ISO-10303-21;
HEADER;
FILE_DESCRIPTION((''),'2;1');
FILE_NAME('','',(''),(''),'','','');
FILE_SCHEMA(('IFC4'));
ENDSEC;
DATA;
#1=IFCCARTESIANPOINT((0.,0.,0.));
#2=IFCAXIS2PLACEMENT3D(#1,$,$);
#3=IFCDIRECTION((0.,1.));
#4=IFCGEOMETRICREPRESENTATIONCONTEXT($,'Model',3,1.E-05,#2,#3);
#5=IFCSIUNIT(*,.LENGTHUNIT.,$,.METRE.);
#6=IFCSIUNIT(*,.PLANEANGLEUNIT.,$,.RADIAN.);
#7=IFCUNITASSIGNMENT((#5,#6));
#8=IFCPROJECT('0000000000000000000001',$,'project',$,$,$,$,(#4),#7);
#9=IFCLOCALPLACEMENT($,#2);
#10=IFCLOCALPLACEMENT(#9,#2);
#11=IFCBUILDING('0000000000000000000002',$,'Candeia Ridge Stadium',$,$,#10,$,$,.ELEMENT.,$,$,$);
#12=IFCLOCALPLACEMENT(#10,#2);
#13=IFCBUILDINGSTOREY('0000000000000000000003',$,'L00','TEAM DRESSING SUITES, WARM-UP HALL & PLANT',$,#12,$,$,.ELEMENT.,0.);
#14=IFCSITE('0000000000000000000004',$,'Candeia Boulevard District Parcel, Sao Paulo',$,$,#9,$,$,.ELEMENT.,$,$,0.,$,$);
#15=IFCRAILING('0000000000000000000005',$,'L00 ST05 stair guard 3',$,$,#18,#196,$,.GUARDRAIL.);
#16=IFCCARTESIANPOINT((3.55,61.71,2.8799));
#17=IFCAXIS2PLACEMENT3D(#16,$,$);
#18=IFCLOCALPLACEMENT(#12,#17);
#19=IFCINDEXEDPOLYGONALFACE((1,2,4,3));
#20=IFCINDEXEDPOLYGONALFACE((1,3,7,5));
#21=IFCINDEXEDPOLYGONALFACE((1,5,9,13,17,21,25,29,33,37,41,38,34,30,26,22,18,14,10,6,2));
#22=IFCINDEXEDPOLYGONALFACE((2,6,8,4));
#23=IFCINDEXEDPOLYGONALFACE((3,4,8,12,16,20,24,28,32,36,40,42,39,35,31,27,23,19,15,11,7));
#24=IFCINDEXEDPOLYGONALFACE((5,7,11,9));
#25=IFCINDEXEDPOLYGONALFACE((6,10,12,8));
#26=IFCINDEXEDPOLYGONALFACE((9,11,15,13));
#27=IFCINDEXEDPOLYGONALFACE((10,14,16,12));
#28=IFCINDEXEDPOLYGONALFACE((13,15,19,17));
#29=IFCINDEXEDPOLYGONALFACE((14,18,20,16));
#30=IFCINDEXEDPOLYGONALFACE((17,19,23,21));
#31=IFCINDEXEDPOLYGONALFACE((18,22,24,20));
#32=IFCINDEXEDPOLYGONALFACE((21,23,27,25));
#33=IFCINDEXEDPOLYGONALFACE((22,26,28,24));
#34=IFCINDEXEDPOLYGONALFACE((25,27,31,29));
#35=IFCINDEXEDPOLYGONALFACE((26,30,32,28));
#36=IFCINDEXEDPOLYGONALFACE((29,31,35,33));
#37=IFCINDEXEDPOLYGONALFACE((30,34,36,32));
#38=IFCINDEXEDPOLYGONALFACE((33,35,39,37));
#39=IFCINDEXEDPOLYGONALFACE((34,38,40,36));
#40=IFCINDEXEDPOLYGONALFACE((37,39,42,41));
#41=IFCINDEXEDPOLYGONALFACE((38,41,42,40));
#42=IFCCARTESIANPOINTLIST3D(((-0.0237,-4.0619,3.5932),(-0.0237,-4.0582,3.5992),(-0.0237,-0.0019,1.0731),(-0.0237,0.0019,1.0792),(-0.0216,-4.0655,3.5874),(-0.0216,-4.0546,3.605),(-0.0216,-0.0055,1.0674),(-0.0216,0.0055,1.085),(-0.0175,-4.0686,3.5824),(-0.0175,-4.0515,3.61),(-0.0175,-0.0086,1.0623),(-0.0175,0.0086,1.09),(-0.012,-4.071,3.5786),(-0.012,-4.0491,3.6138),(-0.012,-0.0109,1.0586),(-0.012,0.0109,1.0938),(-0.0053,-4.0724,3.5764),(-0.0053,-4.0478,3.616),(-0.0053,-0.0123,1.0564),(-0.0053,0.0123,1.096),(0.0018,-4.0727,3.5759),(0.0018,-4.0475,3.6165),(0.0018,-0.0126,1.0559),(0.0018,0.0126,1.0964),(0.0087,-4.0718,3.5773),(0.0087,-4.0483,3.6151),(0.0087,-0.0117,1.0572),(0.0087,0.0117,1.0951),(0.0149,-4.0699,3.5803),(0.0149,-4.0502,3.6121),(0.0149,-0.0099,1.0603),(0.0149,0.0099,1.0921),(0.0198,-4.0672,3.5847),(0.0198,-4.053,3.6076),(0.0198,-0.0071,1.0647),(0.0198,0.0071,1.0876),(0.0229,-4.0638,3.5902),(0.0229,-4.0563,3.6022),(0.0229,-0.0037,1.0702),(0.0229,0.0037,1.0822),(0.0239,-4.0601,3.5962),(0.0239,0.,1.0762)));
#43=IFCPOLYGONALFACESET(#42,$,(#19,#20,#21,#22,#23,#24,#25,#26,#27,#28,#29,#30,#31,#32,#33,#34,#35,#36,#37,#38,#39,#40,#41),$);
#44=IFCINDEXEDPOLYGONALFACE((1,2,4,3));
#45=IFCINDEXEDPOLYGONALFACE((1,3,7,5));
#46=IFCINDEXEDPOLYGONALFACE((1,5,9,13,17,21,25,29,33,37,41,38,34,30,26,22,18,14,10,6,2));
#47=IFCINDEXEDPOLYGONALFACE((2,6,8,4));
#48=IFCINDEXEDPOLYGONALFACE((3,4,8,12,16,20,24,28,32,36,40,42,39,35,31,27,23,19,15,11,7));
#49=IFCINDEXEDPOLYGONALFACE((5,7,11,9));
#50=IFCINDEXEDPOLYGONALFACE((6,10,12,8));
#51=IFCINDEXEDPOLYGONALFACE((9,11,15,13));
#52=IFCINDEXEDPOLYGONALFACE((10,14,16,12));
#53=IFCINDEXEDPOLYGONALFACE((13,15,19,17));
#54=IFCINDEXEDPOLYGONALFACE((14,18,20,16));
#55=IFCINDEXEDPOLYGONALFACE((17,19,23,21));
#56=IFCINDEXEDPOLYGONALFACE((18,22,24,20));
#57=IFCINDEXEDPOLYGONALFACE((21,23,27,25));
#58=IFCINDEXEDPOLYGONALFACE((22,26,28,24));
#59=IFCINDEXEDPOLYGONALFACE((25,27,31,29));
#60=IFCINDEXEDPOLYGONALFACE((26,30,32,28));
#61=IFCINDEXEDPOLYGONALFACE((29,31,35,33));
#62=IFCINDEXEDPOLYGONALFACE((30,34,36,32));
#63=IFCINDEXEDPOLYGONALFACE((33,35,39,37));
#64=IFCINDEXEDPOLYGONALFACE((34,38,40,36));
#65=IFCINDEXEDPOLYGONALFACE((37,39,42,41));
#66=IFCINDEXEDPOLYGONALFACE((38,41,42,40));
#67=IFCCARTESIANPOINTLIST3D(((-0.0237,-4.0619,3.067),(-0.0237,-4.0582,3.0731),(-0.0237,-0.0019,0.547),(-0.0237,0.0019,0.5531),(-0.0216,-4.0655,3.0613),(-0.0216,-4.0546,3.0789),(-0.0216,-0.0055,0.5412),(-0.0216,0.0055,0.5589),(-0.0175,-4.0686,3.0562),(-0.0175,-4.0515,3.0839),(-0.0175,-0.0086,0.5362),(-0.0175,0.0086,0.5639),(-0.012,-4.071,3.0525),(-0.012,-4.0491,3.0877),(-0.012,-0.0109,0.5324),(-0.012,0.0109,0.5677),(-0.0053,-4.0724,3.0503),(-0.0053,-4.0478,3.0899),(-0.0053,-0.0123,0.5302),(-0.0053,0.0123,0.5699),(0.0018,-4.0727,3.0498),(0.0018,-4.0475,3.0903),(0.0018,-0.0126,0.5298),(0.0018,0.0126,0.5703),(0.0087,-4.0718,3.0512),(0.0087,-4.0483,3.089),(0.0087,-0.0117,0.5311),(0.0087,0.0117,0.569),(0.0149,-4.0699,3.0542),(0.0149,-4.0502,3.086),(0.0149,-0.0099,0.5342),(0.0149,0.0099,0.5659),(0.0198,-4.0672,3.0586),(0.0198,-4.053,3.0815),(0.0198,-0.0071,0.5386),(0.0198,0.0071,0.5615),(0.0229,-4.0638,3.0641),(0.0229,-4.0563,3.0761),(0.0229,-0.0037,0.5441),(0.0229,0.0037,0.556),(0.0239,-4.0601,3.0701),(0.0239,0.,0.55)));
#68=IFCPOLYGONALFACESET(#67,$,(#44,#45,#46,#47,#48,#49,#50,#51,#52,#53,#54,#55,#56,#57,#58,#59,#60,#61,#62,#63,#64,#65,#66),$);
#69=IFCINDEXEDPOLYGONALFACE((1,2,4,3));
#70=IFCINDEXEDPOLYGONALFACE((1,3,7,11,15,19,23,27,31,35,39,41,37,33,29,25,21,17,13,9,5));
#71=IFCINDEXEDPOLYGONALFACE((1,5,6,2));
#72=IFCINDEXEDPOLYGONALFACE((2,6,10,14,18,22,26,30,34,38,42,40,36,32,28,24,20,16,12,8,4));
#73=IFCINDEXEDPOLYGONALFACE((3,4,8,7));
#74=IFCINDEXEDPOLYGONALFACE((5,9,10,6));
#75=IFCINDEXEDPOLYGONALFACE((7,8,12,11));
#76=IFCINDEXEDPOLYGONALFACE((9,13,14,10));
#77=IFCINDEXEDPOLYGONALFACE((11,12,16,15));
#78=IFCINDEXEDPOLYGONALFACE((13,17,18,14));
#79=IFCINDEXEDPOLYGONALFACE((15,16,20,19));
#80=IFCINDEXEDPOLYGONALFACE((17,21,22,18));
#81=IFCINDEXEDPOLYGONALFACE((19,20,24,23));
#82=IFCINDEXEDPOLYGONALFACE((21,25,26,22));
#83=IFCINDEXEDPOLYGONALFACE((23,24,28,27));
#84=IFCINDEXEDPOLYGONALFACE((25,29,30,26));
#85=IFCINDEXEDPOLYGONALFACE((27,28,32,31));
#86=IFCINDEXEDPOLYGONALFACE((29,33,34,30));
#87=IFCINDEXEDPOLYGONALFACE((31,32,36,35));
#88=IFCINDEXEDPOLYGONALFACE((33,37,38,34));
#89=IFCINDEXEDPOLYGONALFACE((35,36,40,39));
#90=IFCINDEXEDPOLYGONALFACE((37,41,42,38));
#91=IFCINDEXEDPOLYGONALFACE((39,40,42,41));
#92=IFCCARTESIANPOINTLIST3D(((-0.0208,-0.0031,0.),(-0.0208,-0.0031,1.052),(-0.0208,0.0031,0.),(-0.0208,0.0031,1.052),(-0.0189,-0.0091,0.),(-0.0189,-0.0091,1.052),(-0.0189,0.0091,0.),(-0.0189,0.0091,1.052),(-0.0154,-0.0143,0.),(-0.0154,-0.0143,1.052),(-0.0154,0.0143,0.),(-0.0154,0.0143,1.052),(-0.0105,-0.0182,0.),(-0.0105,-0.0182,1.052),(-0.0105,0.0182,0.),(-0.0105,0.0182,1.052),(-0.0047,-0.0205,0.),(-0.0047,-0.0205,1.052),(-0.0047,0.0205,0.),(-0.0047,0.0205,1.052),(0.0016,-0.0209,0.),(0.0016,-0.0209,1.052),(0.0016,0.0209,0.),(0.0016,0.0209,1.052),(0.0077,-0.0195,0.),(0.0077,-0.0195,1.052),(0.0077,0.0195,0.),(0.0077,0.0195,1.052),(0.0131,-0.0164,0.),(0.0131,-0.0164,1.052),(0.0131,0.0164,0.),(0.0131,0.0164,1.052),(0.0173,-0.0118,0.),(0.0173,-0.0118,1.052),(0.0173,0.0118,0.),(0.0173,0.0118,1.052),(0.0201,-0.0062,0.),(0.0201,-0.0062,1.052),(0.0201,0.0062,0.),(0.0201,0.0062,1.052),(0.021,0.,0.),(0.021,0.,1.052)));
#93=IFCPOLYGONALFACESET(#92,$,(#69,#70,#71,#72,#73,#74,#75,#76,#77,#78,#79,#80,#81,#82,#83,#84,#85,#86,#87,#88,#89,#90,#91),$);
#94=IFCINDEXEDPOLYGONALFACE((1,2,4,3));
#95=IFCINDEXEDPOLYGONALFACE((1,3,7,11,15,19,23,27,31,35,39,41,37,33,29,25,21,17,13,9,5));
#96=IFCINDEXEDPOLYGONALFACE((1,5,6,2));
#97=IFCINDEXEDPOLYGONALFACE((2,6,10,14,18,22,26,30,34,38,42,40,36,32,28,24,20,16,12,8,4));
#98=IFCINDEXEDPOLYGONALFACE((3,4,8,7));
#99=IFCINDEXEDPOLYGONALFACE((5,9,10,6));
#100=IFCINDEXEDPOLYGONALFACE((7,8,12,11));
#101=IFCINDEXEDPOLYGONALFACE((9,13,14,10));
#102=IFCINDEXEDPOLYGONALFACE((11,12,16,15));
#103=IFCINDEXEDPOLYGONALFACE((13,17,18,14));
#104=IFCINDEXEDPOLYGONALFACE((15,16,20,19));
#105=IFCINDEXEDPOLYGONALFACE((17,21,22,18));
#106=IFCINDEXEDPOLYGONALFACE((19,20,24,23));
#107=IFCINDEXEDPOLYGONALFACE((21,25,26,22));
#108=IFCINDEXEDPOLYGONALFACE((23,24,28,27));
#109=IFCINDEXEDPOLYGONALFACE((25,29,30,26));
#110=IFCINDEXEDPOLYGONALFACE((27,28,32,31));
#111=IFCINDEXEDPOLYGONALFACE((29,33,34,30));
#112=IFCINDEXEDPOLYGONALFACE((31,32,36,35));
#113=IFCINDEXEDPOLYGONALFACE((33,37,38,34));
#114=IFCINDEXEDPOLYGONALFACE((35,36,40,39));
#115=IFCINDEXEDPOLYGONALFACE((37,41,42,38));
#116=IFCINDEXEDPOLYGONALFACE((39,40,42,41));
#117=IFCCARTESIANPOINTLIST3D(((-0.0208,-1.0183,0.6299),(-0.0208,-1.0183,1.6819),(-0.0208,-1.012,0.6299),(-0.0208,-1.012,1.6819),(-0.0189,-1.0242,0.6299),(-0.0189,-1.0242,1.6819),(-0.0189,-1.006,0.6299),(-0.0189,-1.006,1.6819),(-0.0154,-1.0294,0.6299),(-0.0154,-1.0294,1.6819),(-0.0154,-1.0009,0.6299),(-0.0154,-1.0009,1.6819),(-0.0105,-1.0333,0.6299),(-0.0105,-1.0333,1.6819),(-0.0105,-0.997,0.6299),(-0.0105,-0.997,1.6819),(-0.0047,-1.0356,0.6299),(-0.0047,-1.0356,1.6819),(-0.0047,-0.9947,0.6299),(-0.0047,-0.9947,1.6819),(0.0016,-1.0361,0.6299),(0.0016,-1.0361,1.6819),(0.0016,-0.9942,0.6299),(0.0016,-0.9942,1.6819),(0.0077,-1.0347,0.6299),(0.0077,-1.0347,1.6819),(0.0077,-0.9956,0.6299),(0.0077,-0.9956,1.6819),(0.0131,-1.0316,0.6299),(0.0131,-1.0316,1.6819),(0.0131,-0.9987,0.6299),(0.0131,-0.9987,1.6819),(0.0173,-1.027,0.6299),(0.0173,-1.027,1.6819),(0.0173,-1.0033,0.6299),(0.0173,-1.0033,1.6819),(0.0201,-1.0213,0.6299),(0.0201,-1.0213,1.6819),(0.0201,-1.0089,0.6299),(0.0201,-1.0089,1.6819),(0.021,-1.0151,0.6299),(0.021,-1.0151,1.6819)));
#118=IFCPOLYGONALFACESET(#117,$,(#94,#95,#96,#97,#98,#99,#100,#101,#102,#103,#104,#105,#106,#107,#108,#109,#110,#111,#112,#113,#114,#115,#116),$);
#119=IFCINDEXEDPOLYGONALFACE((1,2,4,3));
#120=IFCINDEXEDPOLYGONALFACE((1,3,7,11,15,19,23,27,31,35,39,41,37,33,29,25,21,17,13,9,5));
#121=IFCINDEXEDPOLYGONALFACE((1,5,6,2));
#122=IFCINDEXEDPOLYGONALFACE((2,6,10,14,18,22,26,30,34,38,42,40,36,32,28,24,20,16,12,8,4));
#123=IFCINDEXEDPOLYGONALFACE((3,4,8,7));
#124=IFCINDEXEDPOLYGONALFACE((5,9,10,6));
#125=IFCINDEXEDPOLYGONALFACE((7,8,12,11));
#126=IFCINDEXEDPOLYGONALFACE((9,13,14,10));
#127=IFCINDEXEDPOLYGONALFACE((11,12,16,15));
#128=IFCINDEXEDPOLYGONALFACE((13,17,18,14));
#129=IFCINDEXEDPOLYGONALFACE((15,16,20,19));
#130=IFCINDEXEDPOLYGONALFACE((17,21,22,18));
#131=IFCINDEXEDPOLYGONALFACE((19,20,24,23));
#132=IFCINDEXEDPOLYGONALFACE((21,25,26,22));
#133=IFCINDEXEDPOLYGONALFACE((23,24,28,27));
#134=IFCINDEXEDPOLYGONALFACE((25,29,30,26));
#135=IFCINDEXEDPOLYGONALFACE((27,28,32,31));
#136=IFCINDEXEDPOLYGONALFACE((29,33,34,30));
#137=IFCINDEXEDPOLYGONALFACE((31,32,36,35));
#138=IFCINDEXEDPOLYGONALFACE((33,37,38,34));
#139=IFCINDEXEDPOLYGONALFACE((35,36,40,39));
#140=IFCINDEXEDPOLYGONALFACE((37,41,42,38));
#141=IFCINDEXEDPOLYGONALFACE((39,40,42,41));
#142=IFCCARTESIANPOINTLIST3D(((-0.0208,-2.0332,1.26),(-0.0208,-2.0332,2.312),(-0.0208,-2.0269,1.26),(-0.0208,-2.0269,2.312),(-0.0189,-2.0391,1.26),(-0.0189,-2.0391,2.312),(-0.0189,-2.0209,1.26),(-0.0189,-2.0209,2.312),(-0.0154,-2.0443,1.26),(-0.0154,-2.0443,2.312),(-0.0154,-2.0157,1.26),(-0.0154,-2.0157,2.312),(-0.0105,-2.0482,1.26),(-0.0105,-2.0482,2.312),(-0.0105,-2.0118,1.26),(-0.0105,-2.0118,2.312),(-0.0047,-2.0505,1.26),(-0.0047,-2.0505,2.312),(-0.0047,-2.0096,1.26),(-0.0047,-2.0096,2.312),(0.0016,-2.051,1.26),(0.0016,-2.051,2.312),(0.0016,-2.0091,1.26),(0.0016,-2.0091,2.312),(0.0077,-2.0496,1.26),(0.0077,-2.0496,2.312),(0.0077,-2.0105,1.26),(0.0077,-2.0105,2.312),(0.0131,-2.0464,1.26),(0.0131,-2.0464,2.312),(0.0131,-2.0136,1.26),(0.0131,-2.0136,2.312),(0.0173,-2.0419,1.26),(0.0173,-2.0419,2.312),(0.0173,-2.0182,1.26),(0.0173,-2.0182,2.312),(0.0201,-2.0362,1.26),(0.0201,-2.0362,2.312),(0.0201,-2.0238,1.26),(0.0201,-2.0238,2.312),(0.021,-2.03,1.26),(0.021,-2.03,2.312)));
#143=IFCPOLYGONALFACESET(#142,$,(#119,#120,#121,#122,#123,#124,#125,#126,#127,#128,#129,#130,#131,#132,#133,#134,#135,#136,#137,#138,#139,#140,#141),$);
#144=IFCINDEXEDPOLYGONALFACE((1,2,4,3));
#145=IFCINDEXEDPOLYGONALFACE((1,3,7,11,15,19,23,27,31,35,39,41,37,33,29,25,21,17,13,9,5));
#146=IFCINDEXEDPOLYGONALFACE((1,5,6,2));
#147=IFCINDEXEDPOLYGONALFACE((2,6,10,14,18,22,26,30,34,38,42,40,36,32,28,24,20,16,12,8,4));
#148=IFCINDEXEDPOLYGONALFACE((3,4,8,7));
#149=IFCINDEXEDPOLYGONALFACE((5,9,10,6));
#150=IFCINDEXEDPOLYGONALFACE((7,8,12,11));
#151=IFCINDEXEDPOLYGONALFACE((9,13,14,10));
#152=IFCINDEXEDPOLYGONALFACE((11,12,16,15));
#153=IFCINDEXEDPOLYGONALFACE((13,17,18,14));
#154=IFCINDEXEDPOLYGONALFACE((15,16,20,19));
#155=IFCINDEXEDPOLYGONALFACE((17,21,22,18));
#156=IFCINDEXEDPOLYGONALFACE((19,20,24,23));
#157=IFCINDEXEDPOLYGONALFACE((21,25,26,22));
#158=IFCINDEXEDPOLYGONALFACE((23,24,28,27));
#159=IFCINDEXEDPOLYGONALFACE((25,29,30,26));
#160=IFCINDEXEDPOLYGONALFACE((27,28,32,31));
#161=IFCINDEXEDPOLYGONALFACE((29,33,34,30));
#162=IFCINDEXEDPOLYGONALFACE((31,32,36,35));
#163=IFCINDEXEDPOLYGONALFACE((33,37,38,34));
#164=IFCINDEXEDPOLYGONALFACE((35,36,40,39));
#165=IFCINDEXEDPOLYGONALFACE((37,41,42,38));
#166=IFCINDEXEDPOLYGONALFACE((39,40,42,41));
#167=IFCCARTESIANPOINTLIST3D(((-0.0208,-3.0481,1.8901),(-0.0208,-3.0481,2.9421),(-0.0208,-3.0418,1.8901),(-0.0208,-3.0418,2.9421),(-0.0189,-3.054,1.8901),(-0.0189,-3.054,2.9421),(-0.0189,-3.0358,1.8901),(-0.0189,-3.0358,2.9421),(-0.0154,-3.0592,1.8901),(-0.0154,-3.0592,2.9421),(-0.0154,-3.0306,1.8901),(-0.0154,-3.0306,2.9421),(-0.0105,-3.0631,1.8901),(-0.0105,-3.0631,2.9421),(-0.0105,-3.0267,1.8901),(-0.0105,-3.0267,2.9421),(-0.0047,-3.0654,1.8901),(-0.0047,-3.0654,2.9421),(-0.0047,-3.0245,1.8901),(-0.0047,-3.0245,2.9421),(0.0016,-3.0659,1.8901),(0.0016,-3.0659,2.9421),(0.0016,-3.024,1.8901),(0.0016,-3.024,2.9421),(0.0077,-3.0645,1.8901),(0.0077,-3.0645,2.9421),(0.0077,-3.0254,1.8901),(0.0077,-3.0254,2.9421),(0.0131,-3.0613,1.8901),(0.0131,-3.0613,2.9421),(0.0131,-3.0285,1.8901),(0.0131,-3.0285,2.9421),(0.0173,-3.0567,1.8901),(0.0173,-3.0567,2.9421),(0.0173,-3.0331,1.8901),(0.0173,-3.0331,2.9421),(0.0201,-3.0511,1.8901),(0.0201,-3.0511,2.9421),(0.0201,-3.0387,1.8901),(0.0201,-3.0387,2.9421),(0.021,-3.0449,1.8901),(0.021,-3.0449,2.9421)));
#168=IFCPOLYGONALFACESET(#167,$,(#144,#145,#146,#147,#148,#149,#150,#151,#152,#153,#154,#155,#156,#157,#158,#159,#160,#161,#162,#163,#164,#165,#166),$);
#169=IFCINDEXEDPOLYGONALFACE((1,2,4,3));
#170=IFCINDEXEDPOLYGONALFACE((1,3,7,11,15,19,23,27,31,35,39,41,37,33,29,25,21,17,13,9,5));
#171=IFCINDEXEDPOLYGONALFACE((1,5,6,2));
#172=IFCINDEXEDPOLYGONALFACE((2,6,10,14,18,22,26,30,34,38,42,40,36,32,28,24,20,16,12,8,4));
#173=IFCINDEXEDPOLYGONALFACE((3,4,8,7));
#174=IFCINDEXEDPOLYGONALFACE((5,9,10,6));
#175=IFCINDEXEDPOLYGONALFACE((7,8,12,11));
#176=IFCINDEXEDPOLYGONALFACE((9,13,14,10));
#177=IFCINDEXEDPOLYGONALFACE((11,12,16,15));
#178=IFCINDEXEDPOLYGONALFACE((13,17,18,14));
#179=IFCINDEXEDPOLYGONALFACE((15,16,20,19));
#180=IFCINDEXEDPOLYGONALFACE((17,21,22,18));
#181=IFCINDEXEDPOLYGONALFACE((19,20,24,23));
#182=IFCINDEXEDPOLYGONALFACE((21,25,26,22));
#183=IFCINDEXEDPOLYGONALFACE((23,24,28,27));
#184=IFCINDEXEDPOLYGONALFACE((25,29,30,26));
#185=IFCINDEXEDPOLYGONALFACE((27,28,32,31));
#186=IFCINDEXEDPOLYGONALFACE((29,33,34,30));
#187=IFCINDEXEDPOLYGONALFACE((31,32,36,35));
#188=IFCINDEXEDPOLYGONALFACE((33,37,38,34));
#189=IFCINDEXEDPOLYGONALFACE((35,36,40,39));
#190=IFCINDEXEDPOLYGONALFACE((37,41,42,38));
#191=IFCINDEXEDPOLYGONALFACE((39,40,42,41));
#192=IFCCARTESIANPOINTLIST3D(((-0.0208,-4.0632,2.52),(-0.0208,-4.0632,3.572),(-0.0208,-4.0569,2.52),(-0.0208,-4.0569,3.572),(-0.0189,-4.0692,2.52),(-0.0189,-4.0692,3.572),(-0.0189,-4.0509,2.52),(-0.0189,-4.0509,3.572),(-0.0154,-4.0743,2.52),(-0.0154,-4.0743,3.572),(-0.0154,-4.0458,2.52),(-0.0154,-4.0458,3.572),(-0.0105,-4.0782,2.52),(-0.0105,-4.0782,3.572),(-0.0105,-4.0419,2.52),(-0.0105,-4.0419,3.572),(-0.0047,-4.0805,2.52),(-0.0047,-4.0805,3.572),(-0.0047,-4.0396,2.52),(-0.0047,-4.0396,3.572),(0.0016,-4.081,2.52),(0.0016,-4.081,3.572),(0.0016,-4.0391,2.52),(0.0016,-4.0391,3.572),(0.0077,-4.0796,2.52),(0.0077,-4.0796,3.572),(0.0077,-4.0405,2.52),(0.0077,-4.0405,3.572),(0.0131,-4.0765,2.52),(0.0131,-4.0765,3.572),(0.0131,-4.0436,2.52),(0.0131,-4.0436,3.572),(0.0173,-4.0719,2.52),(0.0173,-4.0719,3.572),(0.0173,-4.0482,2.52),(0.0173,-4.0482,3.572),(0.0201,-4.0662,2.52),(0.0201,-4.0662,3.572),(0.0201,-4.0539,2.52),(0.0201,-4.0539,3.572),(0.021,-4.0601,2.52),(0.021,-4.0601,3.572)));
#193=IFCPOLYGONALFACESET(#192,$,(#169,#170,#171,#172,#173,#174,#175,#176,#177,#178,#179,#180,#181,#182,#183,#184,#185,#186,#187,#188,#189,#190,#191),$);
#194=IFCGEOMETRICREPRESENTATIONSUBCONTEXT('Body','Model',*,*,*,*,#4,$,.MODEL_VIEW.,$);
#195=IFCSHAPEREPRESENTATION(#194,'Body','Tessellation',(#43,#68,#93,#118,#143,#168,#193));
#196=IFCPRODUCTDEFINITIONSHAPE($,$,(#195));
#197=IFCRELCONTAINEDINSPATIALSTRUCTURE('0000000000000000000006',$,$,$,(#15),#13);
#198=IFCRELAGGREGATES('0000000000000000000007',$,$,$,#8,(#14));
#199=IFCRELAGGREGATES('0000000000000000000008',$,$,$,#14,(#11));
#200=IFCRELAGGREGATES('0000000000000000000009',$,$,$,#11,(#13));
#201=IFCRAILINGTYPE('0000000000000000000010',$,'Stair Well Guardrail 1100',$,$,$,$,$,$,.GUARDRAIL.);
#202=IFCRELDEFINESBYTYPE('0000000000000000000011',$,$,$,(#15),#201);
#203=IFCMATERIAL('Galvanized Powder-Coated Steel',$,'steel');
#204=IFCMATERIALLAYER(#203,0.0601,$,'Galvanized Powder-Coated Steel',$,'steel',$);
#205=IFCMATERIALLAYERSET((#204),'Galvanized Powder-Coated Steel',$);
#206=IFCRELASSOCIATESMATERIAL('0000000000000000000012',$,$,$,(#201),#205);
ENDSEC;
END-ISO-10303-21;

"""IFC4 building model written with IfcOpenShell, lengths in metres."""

from ifc_helpers import new_model, si_unit, direction, frame, origin, origin_2d, place, context, subcontext, project, spatial, circle, extrude, material, layer, layer_set, type_object, element, save


model = new_model("IFC4")

# Units and contexts
model_context = context("Model", 3, precision=1e-05, world=origin(), true_north=direction((0.0, 1.0)))
body_context = subcontext(model_context, "Body", "Model", "MODEL_VIEW")
ifc_project = project(units=[si_unit("LENGTHUNIT", "METRE"), si_unit("PLANEANGLEUNIT", "RADIAN")], contexts=[model_context])

# Site, building, storey
site_placement = place(None, origin())
site = spatial("IfcSite", under=ifc_project, at=site_placement, Name="Candeia Boulevard District Parcel, Sao Paulo", CompositionType="ELEMENT", RefElevation=0.0)
building_placement = place(site_placement, origin())
building = spatial("IfcBuilding", under=site, at=building_placement, Name="Candeia Ridge Stadium", CompositionType="ELEMENT")
storey_placement = place(building_placement, origin())
storey = spatial("IfcBuildingStorey", under=building, at=storey_placement, Name="L00", Description="TEAM DRESSING SUITES, WARM-UP HALL & PLANT", CompositionType="ELEMENT", Elevation=0.0)

# Railing
ifc_material_1 = material(Name="Galvanized Powder-Coated Steel", Category="steel")
ifc_layer_1 = layer(ifc_material_1, 0.0601, Name="Galvanized Powder-Coated Steel", Category="steel")
ifc_layer_set_1 = layer_set([ifc_layer_1], Name="Galvanized Powder-Coated Steel")
railing_type_1 = type_object("IfcRailingType", Name="Stair Well Guardrail 1100", PredefinedType="GUARDRAIL", material=ifc_layer_set_1)
railing_1_placement = place(storey_placement, frame((3.55, 61.71, 2.8799)))
element("IfcRailing", 1, at=railing_1_placement, inside=storey, type_object=railing_type_1, Name="L00 ST05 stair guard 3", PredefinedType="GUARDRAIL", context=body_context, shape_type="SweptSolid", body=[
    extrude(circle(Radius=0.0239, at=origin_2d()), frame((0.0, 0.0, 1.0762), z_axis=(0.0, -0.849642, 0.52736), x_axis=(1.0, 0.0, 0.0)), (0.0, 0.0, 1.0), 4.7786),
    extrude(circle(Radius=0.0239, at=origin_2d()), frame((0.0, 0.0, 0.55), z_axis=(0.0, -0.849642, 0.52736), x_axis=(1.0, 0.0, 0.0)), (0.0, 0.0, 1.0), 4.7786),
    extrude(circle(Radius=0.021, at=origin_2d()), origin(), (0.0, 0.0, 1.0), 1.052),
    extrude(circle(Radius=0.021, at=origin_2d()), frame((0.0, -1.0151, 0.6299)), (0.0, 0.0, 1.0), 1.052),
    extrude(circle(Radius=0.021, at=origin_2d()), frame((0.0, -2.03, 1.26)), (0.0, 0.0, 1.0), 1.052),
    extrude(circle(Radius=0.021, at=origin_2d()), frame((0.0, -3.0449, 1.8901)), (0.0, 0.0, 1.0), 1.052),
    extrude(circle(Radius=0.021, at=origin_2d()), frame((0.0, -4.0601, 2.52)), (0.0, 0.0, 1.0), 1.052),
])

save(model, "model.ifc")
